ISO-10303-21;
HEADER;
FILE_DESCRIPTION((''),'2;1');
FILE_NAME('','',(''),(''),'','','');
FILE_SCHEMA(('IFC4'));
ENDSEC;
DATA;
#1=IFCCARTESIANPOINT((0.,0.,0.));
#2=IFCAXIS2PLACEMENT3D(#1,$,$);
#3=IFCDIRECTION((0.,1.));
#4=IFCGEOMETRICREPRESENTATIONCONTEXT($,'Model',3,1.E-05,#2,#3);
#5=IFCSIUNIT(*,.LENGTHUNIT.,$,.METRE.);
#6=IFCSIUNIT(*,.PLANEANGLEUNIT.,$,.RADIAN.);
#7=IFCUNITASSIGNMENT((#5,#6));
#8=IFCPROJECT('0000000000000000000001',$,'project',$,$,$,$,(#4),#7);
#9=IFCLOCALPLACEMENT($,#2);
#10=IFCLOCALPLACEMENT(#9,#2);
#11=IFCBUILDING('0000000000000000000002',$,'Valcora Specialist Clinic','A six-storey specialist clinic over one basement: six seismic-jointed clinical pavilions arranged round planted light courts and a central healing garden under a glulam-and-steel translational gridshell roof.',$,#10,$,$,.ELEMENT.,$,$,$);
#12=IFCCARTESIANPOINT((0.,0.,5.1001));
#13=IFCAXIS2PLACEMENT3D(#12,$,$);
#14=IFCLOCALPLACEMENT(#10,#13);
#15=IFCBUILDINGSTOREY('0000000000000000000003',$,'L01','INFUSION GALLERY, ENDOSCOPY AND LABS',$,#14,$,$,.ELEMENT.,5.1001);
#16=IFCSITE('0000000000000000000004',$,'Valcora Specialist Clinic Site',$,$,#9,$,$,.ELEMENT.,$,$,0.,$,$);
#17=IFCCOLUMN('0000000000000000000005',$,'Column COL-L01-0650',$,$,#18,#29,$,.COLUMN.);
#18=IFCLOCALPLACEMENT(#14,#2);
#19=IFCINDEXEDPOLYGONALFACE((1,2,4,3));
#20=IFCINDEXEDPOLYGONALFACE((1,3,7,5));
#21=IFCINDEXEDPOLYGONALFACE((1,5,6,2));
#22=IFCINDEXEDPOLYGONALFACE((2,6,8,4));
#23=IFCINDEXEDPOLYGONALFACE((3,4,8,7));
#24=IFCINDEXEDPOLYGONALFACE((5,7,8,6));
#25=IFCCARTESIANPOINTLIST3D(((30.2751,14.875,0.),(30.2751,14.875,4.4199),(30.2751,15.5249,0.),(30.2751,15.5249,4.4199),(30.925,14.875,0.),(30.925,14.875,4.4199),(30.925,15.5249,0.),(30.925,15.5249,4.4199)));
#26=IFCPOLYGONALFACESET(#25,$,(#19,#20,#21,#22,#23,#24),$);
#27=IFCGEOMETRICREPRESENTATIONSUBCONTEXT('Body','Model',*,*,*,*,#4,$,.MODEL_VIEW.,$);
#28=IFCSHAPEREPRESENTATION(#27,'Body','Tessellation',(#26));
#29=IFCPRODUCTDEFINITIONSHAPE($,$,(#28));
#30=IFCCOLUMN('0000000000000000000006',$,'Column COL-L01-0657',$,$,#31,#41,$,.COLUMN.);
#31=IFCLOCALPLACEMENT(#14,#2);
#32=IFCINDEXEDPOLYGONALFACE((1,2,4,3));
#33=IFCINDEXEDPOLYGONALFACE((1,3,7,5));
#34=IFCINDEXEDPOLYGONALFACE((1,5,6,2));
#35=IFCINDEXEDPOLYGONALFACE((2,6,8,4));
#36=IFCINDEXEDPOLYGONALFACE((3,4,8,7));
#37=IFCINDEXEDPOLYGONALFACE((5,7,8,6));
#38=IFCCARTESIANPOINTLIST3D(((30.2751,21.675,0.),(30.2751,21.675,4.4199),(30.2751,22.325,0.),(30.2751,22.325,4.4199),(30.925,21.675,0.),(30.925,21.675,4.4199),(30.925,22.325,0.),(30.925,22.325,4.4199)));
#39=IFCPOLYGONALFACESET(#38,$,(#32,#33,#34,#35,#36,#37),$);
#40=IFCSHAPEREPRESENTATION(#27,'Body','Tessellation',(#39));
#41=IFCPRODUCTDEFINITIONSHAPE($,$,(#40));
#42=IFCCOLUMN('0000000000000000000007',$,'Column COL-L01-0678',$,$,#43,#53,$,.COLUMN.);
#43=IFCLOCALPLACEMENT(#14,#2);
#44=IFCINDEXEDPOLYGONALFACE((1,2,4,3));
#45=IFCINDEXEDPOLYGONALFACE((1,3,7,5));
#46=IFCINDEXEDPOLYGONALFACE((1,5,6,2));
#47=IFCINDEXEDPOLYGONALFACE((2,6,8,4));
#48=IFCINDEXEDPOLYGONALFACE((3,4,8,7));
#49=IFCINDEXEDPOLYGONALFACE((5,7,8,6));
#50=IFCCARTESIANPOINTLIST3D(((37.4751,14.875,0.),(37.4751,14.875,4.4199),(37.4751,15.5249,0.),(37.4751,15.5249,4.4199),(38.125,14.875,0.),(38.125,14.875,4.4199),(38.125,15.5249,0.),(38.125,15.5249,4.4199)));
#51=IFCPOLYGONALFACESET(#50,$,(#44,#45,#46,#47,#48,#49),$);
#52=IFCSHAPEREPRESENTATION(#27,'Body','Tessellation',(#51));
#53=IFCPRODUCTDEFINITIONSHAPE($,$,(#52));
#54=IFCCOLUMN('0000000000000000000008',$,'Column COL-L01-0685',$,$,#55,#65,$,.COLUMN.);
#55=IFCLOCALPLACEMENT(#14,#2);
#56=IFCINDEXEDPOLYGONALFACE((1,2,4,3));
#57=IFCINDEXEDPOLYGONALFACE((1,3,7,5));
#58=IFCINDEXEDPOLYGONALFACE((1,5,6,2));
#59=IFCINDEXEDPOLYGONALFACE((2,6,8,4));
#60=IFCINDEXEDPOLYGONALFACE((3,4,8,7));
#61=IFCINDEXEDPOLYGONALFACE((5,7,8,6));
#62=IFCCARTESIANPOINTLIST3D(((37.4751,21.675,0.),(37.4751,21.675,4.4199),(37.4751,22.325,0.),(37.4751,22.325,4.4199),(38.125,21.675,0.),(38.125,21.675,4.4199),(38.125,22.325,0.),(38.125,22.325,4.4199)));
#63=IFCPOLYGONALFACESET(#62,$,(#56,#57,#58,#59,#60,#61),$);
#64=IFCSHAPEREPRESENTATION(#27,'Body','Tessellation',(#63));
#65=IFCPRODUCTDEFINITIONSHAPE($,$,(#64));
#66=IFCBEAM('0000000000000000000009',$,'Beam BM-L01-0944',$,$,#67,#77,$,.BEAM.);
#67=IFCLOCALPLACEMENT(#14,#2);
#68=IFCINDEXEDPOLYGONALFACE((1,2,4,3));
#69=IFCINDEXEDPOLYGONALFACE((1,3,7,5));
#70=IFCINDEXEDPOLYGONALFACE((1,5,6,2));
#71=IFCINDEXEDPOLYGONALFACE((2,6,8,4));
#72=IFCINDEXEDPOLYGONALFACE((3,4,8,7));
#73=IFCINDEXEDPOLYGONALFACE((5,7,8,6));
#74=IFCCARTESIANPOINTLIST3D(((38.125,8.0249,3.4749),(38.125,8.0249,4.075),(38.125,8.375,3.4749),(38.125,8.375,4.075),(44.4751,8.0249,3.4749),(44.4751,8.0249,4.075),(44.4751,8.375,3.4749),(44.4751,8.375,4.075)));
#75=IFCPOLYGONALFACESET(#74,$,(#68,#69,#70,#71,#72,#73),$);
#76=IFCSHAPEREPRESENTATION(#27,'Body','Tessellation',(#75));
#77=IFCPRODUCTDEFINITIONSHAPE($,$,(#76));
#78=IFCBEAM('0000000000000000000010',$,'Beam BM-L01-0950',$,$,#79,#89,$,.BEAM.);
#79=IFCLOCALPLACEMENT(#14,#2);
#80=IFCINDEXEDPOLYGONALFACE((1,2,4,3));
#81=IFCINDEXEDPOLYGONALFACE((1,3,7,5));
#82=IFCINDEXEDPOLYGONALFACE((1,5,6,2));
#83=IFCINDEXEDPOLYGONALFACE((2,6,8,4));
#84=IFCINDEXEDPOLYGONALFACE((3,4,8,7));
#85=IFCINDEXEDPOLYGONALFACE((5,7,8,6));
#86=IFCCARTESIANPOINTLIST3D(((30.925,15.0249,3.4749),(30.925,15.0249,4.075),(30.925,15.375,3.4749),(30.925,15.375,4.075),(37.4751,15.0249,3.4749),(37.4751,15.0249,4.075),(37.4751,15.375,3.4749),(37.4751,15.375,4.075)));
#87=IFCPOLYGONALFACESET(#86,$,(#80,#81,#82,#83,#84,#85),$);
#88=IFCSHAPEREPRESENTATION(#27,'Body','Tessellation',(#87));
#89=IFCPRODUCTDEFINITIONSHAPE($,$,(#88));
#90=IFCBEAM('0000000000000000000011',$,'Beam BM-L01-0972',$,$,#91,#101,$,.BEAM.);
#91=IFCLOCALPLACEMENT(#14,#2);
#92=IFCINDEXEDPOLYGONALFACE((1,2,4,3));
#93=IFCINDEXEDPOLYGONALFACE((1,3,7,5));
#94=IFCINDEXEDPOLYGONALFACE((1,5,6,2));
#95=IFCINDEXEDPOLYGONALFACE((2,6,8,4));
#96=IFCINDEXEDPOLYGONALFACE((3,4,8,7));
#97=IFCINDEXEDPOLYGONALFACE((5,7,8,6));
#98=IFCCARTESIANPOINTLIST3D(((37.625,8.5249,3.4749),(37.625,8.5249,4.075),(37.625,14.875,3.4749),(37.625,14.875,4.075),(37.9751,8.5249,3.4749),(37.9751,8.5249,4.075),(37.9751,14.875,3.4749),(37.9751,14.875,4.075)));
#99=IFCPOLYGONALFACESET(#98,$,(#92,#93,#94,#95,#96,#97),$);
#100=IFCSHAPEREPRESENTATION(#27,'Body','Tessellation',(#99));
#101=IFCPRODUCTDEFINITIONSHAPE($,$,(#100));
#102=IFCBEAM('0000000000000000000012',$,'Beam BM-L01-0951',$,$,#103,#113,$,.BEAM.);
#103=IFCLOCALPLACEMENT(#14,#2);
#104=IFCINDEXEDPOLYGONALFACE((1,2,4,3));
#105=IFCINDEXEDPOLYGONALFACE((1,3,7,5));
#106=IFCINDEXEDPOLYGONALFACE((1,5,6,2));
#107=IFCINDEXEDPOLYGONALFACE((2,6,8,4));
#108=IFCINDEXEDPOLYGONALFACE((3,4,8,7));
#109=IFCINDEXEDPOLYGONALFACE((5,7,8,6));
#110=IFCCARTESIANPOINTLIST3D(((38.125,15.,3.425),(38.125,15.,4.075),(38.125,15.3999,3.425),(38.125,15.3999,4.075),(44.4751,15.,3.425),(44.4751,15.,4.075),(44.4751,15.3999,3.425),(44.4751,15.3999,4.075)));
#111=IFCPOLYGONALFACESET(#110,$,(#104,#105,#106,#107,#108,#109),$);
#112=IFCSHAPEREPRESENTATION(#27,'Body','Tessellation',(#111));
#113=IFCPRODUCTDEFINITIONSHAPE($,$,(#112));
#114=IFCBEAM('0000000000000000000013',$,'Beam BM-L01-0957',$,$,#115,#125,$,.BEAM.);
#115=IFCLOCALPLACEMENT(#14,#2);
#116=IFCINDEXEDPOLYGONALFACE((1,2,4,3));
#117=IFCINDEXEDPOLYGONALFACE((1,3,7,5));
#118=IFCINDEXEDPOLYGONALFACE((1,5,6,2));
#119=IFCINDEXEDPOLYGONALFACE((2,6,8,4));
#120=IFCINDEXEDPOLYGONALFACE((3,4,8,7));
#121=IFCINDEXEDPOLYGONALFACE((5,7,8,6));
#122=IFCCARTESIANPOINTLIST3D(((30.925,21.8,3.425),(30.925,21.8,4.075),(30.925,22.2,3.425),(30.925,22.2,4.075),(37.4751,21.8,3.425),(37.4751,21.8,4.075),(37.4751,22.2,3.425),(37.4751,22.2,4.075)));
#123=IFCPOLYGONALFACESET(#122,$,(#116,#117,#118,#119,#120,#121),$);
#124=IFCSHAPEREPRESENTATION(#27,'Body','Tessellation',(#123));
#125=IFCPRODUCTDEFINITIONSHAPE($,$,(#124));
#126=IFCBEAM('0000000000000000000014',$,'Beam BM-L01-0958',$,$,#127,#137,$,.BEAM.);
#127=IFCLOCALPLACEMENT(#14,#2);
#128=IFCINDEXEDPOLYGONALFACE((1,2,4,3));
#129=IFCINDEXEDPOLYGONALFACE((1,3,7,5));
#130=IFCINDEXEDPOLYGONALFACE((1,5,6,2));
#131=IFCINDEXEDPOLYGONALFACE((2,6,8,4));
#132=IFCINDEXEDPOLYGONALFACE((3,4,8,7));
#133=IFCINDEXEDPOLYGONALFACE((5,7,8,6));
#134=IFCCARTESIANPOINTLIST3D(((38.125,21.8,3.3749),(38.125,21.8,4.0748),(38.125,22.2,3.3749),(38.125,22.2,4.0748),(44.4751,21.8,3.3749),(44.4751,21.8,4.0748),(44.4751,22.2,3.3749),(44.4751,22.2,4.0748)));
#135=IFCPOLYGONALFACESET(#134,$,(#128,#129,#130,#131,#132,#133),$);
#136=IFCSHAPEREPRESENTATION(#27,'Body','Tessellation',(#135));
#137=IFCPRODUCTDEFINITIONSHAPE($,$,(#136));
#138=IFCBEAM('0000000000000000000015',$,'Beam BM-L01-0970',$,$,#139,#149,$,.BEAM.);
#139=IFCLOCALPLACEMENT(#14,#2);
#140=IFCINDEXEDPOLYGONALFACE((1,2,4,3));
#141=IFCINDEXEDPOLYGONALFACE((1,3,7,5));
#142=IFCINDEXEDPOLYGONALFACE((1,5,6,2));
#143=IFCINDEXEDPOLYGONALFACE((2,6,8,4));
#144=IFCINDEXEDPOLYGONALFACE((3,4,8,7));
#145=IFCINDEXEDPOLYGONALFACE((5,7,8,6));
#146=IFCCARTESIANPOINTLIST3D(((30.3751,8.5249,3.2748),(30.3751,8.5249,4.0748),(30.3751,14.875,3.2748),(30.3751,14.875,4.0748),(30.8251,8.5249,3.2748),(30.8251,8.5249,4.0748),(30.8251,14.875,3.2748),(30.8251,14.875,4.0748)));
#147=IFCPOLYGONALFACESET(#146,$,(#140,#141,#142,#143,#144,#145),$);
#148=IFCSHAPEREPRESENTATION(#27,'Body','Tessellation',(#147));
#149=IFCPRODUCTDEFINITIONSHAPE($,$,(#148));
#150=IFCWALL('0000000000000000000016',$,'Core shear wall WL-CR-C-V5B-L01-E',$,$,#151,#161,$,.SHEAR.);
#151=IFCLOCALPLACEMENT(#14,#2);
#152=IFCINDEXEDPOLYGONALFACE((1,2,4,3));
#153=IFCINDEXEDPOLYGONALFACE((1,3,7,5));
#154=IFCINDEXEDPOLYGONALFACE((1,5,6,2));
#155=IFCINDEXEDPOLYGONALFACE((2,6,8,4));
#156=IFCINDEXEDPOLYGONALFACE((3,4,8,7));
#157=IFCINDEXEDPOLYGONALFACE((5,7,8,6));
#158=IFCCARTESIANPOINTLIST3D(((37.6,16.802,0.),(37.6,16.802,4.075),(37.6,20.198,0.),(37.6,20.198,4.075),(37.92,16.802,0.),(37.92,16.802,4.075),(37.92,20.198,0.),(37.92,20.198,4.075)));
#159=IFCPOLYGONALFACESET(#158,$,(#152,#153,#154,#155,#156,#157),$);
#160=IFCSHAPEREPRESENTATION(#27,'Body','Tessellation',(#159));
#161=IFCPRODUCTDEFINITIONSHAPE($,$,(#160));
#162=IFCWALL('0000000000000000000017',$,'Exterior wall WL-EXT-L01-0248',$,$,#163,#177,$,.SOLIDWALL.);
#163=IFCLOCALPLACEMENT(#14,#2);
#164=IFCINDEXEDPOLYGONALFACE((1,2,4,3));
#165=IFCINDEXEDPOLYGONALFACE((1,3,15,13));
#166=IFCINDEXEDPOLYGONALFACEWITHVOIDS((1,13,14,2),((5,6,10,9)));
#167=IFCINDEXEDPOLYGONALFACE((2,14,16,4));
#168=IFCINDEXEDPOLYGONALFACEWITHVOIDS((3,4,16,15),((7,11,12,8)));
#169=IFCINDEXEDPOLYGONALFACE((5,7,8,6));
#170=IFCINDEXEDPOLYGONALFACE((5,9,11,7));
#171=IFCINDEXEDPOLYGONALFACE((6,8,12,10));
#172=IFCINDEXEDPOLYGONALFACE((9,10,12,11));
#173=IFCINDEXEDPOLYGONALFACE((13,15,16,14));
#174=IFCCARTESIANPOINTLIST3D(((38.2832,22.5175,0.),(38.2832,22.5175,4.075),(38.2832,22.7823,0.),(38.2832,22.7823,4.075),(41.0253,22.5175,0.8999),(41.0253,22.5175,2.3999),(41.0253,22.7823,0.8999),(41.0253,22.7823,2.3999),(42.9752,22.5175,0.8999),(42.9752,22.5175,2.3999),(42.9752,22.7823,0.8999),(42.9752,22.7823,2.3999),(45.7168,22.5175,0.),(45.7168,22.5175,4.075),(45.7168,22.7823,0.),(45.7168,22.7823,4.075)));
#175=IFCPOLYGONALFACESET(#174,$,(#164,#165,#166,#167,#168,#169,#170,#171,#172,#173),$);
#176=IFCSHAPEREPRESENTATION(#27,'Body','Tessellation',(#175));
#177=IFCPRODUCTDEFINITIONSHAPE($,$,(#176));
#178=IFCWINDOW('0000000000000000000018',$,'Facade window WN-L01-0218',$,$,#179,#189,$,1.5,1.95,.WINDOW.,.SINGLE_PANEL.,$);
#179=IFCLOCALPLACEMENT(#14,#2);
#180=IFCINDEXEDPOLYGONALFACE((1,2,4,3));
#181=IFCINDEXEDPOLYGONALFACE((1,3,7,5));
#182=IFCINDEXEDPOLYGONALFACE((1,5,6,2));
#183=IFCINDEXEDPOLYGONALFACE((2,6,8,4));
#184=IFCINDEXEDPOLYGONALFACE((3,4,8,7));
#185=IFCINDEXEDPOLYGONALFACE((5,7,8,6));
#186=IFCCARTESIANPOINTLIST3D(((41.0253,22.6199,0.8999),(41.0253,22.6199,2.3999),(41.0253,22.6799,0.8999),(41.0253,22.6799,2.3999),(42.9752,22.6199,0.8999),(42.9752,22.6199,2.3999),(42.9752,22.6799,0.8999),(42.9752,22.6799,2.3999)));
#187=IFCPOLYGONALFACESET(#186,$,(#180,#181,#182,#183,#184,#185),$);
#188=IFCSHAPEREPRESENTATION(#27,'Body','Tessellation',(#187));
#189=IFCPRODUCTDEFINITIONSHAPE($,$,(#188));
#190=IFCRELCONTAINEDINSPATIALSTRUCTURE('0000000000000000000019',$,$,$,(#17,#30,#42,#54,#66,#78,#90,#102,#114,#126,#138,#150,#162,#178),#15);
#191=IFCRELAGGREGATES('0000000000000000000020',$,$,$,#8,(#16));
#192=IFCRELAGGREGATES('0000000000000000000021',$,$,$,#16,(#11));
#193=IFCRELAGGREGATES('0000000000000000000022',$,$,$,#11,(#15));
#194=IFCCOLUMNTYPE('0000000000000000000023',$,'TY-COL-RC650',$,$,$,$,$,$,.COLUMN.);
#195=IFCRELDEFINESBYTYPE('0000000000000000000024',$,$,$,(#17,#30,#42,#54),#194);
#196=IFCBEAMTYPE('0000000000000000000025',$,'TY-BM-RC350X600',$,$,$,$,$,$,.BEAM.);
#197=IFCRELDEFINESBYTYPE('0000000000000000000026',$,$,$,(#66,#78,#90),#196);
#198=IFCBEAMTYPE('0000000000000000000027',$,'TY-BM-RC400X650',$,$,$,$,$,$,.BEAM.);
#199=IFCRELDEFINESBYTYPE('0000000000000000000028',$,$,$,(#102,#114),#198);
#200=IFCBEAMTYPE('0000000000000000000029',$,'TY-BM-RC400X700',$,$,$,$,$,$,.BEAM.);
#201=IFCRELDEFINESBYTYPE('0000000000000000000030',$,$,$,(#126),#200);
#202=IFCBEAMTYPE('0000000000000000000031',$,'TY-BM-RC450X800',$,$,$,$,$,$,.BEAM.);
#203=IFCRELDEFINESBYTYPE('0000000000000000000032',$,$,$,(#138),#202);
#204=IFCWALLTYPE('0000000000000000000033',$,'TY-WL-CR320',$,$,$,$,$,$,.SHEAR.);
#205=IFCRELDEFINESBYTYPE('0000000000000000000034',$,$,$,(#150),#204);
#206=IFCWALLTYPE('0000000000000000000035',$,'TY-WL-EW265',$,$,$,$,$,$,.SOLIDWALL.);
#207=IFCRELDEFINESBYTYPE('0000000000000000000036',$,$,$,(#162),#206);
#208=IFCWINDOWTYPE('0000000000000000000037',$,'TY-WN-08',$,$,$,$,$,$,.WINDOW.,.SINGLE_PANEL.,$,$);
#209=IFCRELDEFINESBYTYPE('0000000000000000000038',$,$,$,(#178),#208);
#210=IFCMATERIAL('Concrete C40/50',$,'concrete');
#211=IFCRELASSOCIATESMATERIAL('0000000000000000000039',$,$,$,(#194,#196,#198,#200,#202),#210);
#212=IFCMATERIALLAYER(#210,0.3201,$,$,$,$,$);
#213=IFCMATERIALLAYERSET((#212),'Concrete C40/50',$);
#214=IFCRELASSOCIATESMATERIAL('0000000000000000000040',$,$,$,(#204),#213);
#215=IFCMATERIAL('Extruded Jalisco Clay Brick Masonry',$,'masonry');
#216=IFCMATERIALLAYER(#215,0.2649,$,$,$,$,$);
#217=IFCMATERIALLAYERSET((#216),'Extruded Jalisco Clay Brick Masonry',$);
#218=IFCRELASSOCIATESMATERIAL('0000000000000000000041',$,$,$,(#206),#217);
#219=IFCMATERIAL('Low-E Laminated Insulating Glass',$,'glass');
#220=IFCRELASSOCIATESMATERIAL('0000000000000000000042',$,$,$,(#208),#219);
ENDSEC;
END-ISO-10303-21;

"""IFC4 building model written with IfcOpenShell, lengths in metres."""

from ifc_helpers import new_model, si_unit, direction, frame, frame_2d, origin, origin_2d, place, context, subcontext, project, spatial, rectangle, extrude, material, layer, layer_set, material_profile, profile_set, type_object, element, fill, save


model = new_model("IFC4")

# Units and contexts
model_context = context("Model", 3, precision=1e-05, world=origin(), true_north=direction((0.0, 1.0)))
body_context = subcontext(model_context, "Body", "Model", "MODEL_VIEW")
ifc_project = project(units=[si_unit("LENGTHUNIT", "METRE"), si_unit("PLANEANGLEUNIT", "RADIAN")], contexts=[model_context])

# Site, building, storey
site_placement = place(None, origin())
site = spatial("IfcSite", under=ifc_project, at=site_placement, Name="Valcora Specialist Clinic Site", CompositionType="ELEMENT", RefElevation=0.0)
building_placement = place(site_placement, origin())
building = spatial("IfcBuilding", under=site, at=building_placement, Name="Valcora Specialist Clinic", Description="A six-storey specialist clinic over one basement: six seismic-jointed clinical pavilions arranged round planted light courts and a central healing garden under a glulam-and-steel translational gridshell roof.", CompositionType="ELEMENT")
storey_placement = place(building_placement, frame((0.0, 0.0, 5.1001)))
storey = spatial("IfcBuildingStorey", under=building, at=storey_placement, Name="L01", Description="INFUSION GALLERY, ENDOSCOPY AND LABS", CompositionType="ELEMENT", Elevation=5.1001)

# Columns
ifc_material_1 = material(Name="Concrete C40/50", Category="concrete")
ifc_material_profile_1 = material_profile(ifc_material_1, rectangle(XDim=0.6499, YDim=0.6499, at=origin_2d()), Name="RC-COL-650X650")
ifc_profile_set_1 = profile_set([ifc_material_profile_1], Name="Concrete C40/50")
column_type = type_object("IfcColumnType", Name="TY-COL-RC650", PredefinedType="COLUMN", material=ifc_profile_set_1)
for number, where, z_axis, x_axis, name in (
    (1, (30.6001, 15.2, 0.0), (0.0, 0.0, 1.0), (1.0, 0.0, 0.0), "Column COL-L01-0650"),
    (2, (30.6001, 22.0, 0.0), (0.0, 0.0, 1.0), (1.0, 0.0, 0.0), "Column COL-L01-0657"),
    (3, (37.8, 15.2, 0.0), (0.0, 0.0, 1.0), (1.0, 0.0, 0.0), "Column COL-L01-0678"),
    (4, (37.8, 22.0, 0.0), (0.0, 0.0, 1.0), (1.0, 0.0, 0.0), "Column COL-L01-0685"),
):
    element("IfcColumn", number, at=place(storey_placement, frame(where, z_axis=z_axis, x_axis=x_axis)), inside=storey, type_object=column_type, Name=name, PredefinedType="COLUMN", context=body_context, shape_type="SweptSolid", body=[
        extrude(rectangle(XDim=0.6499, YDim=0.6499, at=origin_2d()), origin(), (0.0, 0.0, 1.0), 4.4199),
    ])

# Beams
ifc_material_profile_2 = material_profile(ifc_material_1, rectangle(XDim=0.3501, YDim=0.6001, at=origin_2d()), Name="RC-BM-350X600")
ifc_profile_set_2 = profile_set([ifc_material_profile_2], Name="Concrete C40/50")
beam_type_1 = type_object("IfcBeamType", Name="TY-BM-RC350X600", PredefinedType="BEAM", material=ifc_profile_set_2)
beam_1_placement = place(storey_placement, frame((38.125, 8.2, 3.7749), z_axis=(1.0, 0.0, 0.0), x_axis=(0.0, 1.0, 0.0)))
element("IfcBeam", 5, at=beam_1_placement, inside=storey, type_object=beam_type_1, Name="Beam BM-L01-0944", PredefinedType="BEAM", context=body_context, shape_type="SweptSolid", body=[
    extrude(rectangle(XDim=0.3501, YDim=0.6001, at=origin_2d()), origin(), (0.0, 0.0, 1.0), 6.3501),
])
beam_2_placement = place(storey_placement, frame((30.925, 15.2, 3.7749), z_axis=(1.0, 0.0, 0.0), x_axis=(0.0, 1.0, 0.0)))
element("IfcBeam", 6, at=beam_2_placement, inside=storey, type_object=beam_type_1, Name="Beam BM-L01-0950", PredefinedType="BEAM", context=body_context, shape_type="SweptSolid", body=[
    extrude(rectangle(XDim=0.3501, YDim=0.6001, at=origin_2d()), origin(), (0.0, 0.0, 1.0), 6.55),
])
beam_3_placement = place(storey_placement, frame((37.8, 8.5249, 3.7749), z_axis=(0.0, 1.0, 0.0), x_axis=(-1.0, 0.0, 0.0)))
element("IfcBeam", 7, at=beam_3_placement, inside=storey, type_object=beam_type_1, Name="Beam BM-L01-0972", PredefinedType="BEAM", context=body_context, shape_type="SweptSolid", body=[
    extrude(rectangle(XDim=0.3501, YDim=0.6001, at=origin_2d()), origin(), (0.0, 0.0, 1.0), 6.3501),
])
ifc_material_profile_3 = material_profile(ifc_material_1, rectangle(XDim=0.3999, YDim=0.6499, at=origin_2d()), Name="RC-BM-400X650")
ifc_profile_set_3 = profile_set([ifc_material_profile_3], Name="Concrete C40/50")
beam_type_2 = type_object("IfcBeamType", Name="TY-BM-RC400X650", PredefinedType="BEAM", material=ifc_profile_set_3)
beam_4_placement = place(storey_placement, frame((38.125, 15.2, 3.75), z_axis=(1.0, 0.0, 0.0), x_axis=(0.0, 1.0, 0.0)))
element("IfcBeam", 8, at=beam_4_placement, inside=storey, type_object=beam_type_2, Name="Beam BM-L01-0951", PredefinedType="BEAM", context=body_context, shape_type="SweptSolid", body=[
    extrude(rectangle(XDim=0.3999, YDim=0.6499, at=origin_2d()), origin(), (0.0, 0.0, 1.0), 6.3501),
])
beam_5_placement = place(storey_placement, frame((30.925, 22.0, 3.75), z_axis=(1.0, 0.0, 0.0), x_axis=(0.0, 1.0, 0.0)))
element("IfcBeam", 9, at=beam_5_placement, inside=storey, type_object=beam_type_2, Name="Beam BM-L01-0957", PredefinedType="BEAM", context=body_context, shape_type="SweptSolid", body=[
    extrude(rectangle(XDim=0.3999, YDim=0.6499, at=origin_2d()), origin(), (0.0, 0.0, 1.0), 6.55),
])
ifc_material_profile_4 = material_profile(ifc_material_1, rectangle(XDim=0.3999, YDim=0.7, at=origin_2d()), Name="RC-BM-400X700")
ifc_profile_set_4 = profile_set([ifc_material_profile_4], Name="Concrete C40/50")
beam_type_3 = type_object("IfcBeamType", Name="TY-BM-RC400X700", PredefinedType="BEAM", material=ifc_profile_set_4)
beam_6_placement = place(storey_placement, frame((38.125, 22.0, 3.7249), z_axis=(1.0, 0.0, 0.0), x_axis=(0.0, 1.0, 0.0)))
element("IfcBeam", 10, at=beam_6_placement, inside=storey, type_object=beam_type_3, Name="Beam BM-L01-0958", PredefinedType="BEAM", context=body_context, shape_type="SweptSolid", body=[
    extrude(rectangle(XDim=0.3999, YDim=0.7, at=origin_2d()), origin(), (0.0, 0.0, 1.0), 6.3501),
])
ifc_material_profile_5 = material_profile(ifc_material_1, rectangle(XDim=0.45, YDim=0.8, at=origin_2d()), Name="RC-BM-450X800")
ifc_profile_set_5 = profile_set([ifc_material_profile_5], Name="Concrete C40/50")
beam_type_4 = type_object("IfcBeamType", Name="TY-BM-RC450X800", PredefinedType="BEAM", material=ifc_profile_set_5)
beam_7_placement = place(storey_placement, frame((30.6001, 8.5249, 3.6748), z_axis=(0.0, 1.0, 0.0), x_axis=(-1.0, 0.0, 0.0)))
element("IfcBeam", 11, at=beam_7_placement, inside=storey, type_object=beam_type_4, Name="Beam BM-L01-0970", PredefinedType="BEAM", context=body_context, shape_type="SweptSolid", body=[
    extrude(rectangle(XDim=0.45, YDim=0.8, at=origin_2d()), origin(), (0.0, 0.0, 1.0), 6.3501),
])

# Wall
ifc_layer_1 = layer(ifc_material_1, 0.3201)
ifc_layer_set_1 = layer_set([ifc_layer_1], Name="Concrete C40/50")
wall_type_1 = type_object("IfcWallType", Name="TY-WL-CR320", PredefinedType="SHEAR", material=ifc_layer_set_1)
wall_1_placement = place(storey_placement, frame((37.76, 16.802, 0.0), z_axis=(0.0, 0.0, 1.0), x_axis=(0.0, 1.0, 0.0)))
element("IfcWall", 12, at=wall_1_placement, inside=storey, type_object=wall_type_1, Name="Core shear wall WL-CR-C-V5B-L01-E", PredefinedType="SHEAR", context=body_context, shape_type="SweptSolid", body=[
    extrude(rectangle(XDim=3.396, YDim=0.3201, at=frame_2d((1.698, 0.0))), origin(), (0.0, 0.0, 1.0), 4.075),
])

# Wall, opening, window
ifc_material_2 = material(Name="Extruded Jalisco Clay Brick Masonry", Category="masonry")
ifc_layer_2 = layer(ifc_material_2, 0.2649)
ifc_layer_set_2 = layer_set([ifc_layer_2], Name="Extruded Jalisco Clay Brick Masonry")
wall_type_2 = type_object("IfcWallType", Name="TY-WL-EW265", PredefinedType="SOLIDWALL", material=ifc_layer_set_2)
wall_2_placement = place(storey_placement, frame((38.2832, 22.6499, 0.0), z_axis=(0.0, 0.0, 1.0), x_axis=(1.0, 0.0, 0.0)))
wall_2 = element("IfcWall", 13, at=wall_2_placement, inside=storey, type_object=wall_type_2, Name="Exterior wall WL-EXT-L01-0248", PredefinedType="SOLIDWALL", context=body_context, shape_type="SweptSolid", body=[
    extrude(rectangle(XDim=7.4336, YDim=0.2649, at=frame_2d((3.7168, 0.0))), origin(), (0.0, 0.0, 1.0), 4.075),
])
opening_1_placement = place(wall_2_placement, frame((2.7419, 0.0, 0.8999)))
opening_1 = element("IfcOpeningElement", 14, at=opening_1_placement, cuts=wall_2, PredefinedType="OPENING", context=body_context, shape_type="SweptSolid", body=[
    extrude(rectangle(XDim=1.95, YDim=1.5, at=frame_2d((0.9751, 0.75))), frame((0.0, 0.1423, 0.0), z_axis=(0.0, -1.0, 0.0), x_axis=(1.0, 0.0, 0.0)), (0.0, 0.0, 1.0), 0.2849),
])
ifc_material_3 = material(Name="Low-E Laminated Insulating Glass", Category="glass")
window_type_1 = type_object("IfcWindowType", Name="TY-WN-08", PartitioningType="SINGLE_PANEL", PredefinedType="WINDOW", material=ifc_material_3)
window_1_placement = place(opening_1_placement, origin())
window_1 = element("IfcWindow", 15, at=window_1_placement, inside=storey, type_object=window_type_1, Name="Facade window WN-L01-0218", OverallHeight=1.5, OverallWidth=1.95, PartitioningType="SINGLE_PANEL", PredefinedType="WINDOW", context=body_context, shape_type="SweptSolid", body=[
    extrude(rectangle(XDim=1.95, YDim=1.5, at=frame_2d((0.9751, 0.75))), frame((0.0, 0.03, 0.0), z_axis=(0.0, -1.0, 0.0), x_axis=(1.0, 0.0, 0.0)), (0.0, 0.0, 1.0), 0.0601),
])
fill(opening_1, window_1)

save(model, "model.ifc")
